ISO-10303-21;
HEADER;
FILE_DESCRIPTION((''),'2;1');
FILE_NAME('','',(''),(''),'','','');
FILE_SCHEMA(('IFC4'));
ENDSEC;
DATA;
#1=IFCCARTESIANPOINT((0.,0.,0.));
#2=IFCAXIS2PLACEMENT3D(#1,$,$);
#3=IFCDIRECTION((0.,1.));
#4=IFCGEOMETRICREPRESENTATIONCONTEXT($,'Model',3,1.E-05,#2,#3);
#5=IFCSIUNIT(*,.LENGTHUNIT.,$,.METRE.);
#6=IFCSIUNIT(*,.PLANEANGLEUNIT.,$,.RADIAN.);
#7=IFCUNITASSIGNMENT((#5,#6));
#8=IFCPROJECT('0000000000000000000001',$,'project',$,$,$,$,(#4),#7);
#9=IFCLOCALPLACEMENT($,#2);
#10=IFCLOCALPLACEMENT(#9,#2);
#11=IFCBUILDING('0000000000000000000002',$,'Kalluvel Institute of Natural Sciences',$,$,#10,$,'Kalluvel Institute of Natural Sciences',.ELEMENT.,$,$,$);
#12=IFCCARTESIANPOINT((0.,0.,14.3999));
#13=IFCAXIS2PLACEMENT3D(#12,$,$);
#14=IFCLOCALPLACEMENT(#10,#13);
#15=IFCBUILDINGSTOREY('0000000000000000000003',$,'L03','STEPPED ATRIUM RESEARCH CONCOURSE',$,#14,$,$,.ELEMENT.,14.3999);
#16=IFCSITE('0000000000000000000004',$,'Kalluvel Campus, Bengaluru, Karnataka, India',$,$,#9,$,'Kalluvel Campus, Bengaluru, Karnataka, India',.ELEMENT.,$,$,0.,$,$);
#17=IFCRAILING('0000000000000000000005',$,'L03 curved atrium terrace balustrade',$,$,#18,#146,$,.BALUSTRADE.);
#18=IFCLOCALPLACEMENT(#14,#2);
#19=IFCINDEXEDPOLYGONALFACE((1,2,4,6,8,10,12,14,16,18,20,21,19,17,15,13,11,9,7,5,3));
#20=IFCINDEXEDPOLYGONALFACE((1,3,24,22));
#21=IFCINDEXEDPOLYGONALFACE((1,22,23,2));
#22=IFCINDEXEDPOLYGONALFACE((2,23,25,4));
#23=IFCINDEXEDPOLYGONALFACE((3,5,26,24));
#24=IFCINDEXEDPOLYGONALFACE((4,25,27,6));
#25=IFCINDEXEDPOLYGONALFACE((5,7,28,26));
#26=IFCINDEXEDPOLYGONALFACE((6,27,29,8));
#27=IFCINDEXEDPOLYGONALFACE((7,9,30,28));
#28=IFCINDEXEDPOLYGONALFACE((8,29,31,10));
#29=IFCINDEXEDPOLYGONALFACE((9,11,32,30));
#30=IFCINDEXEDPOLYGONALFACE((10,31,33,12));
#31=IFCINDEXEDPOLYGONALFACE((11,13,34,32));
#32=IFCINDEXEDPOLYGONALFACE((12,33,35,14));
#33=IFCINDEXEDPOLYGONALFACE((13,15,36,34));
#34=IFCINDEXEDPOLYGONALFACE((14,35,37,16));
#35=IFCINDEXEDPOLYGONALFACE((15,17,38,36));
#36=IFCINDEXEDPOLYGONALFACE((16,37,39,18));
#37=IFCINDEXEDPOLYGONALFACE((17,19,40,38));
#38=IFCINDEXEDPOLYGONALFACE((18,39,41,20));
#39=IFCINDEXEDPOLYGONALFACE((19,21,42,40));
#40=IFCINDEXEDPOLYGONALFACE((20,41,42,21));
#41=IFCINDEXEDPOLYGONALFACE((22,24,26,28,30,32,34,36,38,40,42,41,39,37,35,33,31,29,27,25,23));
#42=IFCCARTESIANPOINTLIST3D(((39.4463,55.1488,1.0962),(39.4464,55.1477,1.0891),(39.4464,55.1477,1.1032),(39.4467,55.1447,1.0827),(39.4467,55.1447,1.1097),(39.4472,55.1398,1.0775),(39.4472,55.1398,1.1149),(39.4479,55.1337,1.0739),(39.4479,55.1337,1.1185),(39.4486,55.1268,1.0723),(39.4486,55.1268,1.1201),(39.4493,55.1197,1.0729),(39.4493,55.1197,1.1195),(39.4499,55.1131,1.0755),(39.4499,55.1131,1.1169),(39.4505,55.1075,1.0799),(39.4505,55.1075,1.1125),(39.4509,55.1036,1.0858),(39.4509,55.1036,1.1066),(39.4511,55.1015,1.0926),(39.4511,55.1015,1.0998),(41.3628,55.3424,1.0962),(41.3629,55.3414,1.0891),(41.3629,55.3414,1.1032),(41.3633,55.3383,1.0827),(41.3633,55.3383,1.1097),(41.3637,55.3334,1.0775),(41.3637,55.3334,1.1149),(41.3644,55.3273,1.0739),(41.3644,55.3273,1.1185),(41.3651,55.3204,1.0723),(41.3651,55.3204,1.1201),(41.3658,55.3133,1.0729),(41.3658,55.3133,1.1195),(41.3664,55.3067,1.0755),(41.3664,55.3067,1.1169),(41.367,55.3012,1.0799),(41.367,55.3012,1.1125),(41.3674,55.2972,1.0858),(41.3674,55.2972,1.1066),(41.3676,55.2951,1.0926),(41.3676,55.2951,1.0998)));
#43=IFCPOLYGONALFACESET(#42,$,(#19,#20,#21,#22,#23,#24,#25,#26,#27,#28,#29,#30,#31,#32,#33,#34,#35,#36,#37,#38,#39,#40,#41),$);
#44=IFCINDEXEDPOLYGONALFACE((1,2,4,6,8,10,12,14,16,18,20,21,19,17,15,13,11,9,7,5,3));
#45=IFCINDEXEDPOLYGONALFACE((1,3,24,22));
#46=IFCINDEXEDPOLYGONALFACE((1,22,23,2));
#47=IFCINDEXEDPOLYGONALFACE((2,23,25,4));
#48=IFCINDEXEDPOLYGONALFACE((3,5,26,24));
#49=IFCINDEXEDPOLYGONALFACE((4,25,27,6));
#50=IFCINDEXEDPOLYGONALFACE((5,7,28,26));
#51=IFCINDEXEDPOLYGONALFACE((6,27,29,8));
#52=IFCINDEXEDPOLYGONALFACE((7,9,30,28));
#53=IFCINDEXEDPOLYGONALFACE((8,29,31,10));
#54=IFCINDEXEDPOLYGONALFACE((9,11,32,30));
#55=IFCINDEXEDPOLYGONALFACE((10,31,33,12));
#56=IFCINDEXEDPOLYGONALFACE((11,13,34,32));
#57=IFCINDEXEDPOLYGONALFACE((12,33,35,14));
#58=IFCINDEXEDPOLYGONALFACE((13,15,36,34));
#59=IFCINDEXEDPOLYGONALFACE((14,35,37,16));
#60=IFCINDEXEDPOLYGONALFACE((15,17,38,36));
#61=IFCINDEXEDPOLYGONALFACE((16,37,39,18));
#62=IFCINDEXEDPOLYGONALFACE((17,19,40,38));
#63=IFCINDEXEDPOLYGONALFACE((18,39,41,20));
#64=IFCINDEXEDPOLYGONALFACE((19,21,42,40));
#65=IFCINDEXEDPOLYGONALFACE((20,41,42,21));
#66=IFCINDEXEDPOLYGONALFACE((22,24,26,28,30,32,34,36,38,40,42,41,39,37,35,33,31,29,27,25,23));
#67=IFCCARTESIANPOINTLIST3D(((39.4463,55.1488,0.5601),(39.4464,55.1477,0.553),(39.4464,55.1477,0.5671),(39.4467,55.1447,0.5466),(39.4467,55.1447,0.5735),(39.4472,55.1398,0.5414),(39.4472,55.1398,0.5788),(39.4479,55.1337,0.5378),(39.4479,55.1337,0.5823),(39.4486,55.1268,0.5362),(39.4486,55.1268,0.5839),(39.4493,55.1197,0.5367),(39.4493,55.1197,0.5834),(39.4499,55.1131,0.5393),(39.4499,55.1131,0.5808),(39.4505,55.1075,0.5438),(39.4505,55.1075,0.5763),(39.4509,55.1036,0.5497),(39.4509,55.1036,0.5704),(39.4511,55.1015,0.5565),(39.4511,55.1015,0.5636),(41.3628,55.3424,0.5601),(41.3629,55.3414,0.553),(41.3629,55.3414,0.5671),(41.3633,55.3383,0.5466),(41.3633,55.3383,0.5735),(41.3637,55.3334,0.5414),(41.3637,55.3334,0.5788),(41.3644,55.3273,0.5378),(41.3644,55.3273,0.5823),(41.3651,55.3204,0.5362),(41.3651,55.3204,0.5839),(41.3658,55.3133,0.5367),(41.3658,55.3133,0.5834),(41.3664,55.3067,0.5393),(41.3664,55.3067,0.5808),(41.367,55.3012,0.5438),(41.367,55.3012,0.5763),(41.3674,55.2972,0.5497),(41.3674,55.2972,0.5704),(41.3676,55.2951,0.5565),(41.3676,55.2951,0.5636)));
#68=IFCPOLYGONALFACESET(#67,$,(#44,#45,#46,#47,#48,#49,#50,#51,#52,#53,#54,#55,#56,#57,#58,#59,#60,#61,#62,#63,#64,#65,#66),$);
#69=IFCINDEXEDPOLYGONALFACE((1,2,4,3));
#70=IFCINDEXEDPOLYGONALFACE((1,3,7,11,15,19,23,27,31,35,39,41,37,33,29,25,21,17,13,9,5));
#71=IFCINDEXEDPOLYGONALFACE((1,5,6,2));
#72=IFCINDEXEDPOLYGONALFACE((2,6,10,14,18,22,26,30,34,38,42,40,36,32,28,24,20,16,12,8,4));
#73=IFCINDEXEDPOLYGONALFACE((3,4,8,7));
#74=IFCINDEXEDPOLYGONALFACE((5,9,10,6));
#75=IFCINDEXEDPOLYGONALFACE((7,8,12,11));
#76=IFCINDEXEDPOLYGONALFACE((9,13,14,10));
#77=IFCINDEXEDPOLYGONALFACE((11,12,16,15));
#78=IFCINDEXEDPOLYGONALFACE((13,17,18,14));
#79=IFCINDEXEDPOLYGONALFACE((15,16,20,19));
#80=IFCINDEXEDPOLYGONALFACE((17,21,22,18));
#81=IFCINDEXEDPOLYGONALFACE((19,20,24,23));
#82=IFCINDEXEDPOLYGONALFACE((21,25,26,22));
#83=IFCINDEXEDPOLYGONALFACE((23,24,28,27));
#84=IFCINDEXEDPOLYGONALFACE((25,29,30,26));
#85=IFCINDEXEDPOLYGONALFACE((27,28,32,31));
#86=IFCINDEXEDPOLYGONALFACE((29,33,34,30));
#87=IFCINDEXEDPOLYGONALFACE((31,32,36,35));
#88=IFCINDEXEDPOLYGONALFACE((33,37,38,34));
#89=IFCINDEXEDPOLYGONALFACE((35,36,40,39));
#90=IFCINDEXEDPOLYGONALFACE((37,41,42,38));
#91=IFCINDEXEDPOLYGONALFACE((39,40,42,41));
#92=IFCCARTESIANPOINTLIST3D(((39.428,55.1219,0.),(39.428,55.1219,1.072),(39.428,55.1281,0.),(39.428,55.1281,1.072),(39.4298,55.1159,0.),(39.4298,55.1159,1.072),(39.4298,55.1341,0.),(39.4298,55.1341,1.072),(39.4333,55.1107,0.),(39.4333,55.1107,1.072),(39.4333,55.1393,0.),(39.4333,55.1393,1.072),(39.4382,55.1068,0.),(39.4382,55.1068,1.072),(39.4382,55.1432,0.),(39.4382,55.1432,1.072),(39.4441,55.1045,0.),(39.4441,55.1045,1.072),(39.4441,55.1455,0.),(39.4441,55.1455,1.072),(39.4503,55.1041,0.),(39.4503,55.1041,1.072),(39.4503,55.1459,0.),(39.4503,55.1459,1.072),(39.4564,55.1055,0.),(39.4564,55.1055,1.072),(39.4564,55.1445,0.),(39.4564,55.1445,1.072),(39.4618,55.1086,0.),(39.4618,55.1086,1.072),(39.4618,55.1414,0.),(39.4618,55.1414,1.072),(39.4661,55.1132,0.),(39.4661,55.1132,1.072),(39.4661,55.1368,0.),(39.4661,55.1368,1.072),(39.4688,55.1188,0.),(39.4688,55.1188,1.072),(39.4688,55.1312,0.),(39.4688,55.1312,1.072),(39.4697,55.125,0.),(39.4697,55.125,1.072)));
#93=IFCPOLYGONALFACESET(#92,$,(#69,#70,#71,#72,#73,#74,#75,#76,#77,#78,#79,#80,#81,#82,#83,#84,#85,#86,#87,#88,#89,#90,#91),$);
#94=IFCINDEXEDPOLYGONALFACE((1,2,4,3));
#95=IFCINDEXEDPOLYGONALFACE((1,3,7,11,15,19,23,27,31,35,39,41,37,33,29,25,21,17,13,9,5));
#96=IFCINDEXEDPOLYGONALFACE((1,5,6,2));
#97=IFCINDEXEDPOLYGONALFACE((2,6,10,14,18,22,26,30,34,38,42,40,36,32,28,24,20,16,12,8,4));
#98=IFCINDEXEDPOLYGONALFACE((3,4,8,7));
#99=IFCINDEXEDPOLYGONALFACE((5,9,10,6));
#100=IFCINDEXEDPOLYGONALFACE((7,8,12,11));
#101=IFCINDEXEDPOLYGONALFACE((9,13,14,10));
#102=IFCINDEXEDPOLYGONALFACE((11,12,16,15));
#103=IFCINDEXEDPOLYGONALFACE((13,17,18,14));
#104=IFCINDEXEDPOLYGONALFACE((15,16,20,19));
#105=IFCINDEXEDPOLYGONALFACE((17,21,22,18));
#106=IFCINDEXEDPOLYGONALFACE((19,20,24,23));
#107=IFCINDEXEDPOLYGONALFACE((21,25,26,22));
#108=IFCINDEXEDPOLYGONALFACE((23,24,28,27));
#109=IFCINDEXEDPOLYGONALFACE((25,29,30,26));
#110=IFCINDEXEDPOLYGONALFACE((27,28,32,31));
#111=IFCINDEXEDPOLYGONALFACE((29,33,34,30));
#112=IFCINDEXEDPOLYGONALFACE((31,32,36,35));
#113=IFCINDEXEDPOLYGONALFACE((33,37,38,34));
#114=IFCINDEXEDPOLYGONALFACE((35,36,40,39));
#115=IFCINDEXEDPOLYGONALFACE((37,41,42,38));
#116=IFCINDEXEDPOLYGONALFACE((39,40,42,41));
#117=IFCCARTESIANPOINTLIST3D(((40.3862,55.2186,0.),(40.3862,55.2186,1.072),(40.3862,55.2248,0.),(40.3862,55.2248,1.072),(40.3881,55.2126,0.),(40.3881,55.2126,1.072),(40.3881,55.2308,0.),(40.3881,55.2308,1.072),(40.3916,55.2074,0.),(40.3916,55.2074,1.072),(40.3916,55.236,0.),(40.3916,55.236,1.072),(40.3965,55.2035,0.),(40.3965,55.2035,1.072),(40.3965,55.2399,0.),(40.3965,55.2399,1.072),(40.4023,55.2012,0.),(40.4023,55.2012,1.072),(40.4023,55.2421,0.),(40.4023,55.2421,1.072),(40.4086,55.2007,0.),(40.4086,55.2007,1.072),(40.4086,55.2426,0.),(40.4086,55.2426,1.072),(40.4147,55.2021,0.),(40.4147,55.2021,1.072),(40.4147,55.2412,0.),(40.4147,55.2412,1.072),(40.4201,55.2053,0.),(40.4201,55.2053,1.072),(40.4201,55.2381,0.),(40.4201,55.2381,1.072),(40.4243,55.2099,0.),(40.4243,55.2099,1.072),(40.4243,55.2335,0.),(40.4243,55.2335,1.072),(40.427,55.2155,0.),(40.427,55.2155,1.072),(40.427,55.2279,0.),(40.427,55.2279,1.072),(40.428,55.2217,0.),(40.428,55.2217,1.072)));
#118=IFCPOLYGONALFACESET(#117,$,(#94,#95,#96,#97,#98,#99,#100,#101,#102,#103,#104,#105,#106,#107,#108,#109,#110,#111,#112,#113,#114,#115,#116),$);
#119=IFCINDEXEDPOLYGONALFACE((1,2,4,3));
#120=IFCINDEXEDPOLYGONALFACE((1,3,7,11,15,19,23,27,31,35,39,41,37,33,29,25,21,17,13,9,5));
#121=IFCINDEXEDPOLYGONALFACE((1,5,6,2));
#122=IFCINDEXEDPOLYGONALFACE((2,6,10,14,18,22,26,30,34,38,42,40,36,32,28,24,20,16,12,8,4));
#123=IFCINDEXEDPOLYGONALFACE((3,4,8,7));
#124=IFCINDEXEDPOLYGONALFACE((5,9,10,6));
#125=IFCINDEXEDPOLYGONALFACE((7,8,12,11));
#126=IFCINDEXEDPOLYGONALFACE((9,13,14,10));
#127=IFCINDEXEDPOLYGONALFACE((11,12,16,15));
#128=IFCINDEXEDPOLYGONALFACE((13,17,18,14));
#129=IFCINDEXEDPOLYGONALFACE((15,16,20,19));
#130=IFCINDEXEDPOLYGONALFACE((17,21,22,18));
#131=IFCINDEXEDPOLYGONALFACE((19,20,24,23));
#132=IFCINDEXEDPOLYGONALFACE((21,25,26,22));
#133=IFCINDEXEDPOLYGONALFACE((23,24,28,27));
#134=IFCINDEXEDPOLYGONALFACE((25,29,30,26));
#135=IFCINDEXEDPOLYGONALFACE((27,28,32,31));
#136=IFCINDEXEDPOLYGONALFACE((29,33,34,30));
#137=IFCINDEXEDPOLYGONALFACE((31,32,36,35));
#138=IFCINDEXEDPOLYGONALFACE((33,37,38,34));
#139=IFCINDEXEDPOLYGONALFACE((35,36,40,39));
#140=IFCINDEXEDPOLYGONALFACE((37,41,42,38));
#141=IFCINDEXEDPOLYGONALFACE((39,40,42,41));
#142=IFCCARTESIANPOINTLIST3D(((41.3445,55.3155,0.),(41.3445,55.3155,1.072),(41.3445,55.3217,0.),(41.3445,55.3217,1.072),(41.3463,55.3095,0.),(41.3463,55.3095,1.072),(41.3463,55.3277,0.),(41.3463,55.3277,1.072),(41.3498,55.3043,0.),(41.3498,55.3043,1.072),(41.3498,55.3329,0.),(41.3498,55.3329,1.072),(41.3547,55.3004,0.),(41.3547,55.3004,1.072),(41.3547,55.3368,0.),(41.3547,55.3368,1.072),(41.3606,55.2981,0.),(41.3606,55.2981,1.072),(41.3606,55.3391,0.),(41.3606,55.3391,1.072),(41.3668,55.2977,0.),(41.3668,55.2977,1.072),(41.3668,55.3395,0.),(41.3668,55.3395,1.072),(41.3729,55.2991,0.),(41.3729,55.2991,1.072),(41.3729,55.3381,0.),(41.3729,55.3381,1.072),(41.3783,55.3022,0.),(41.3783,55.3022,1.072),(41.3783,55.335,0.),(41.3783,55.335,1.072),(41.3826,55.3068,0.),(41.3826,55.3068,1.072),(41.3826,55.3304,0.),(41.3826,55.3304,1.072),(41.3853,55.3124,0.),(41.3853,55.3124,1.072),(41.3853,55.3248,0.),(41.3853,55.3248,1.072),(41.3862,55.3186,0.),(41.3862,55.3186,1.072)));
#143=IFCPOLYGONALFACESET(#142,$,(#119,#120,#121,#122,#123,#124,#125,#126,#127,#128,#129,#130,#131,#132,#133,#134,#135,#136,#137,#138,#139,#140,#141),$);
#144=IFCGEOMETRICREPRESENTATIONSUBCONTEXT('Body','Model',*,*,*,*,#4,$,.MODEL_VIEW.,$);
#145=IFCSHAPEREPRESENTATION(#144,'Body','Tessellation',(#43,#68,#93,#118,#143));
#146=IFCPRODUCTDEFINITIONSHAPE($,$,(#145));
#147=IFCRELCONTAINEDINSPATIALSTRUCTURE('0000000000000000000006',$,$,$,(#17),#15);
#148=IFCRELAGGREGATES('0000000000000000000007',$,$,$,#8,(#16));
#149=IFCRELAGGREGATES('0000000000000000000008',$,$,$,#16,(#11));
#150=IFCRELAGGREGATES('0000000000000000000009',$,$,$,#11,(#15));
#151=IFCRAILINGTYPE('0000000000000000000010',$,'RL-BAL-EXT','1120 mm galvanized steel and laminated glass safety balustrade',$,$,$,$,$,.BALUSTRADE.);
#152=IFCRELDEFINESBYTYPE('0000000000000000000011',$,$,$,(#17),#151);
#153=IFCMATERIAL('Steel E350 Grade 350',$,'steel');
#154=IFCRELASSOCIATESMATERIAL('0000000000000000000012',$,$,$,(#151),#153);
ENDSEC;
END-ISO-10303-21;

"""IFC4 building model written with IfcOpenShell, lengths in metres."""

from ifc_helpers import new_model, si_unit, direction, frame, origin, origin_2d, place, context, subcontext, project, spatial, circle, extrude, material, type_object, element, save


model = new_model("IFC4")

# Units and contexts
model_context = context("Model", 3, precision=1e-05, world=origin(), true_north=direction((0.0, 1.0)))
body_context = subcontext(model_context, "Body", "Model", "MODEL_VIEW")
ifc_project = project(units=[si_unit("LENGTHUNIT", "METRE"), si_unit("PLANEANGLEUNIT", "RADIAN")], contexts=[model_context])

# Site, building, storey
site_placement = place(None, origin())
site = spatial("IfcSite", under=ifc_project, at=site_placement, Name="Kalluvel Campus, Bengaluru, Karnataka, India", LongName="Kalluvel Campus, Bengaluru, Karnataka, India", CompositionType="ELEMENT", RefElevation=0.0)
building_placement = place(site_placement, origin())
building = spatial("IfcBuilding", under=site, at=building_placement, Name="Kalluvel Institute of Natural Sciences", LongName="Kalluvel Institute of Natural Sciences", CompositionType="ELEMENT")
storey_placement = place(building_placement, frame((0.0, 0.0, 14.3999)))
storey = spatial("IfcBuildingStorey", under=building, at=storey_placement, Name="L03", Description="STEPPED ATRIUM RESEARCH CONCOURSE", CompositionType="ELEMENT", Elevation=14.3999)

# Shared definitions
ifc_material_1 = material(Name="Steel E350 Grade 350", Category="steel")

# Railing
railing_type = type_object("IfcRailingType", Name="RL-BAL-EXT", Description="1120 mm galvanized steel and laminated glass safety balustrade", PredefinedType="BALUSTRADE", material=ifc_material_1)
railing_1_placement = place(storey_placement, frame((39.4487, 55.125, 0.0)))
element("IfcRailing", 1, at=railing_1_placement, inside=storey, type_object=railing_type, Name="L03 curved atrium terrace balustrade", PredefinedType="BALUSTRADE", context=body_context, shape_type="SweptSolid", body=[
    extrude(circle(Radius=0.0239, at=origin_2d()), frame((0.0, 0.0, 1.0962), z_axis=(0.994936, 0.100508, 0.0), x_axis=(-0.100508, 0.994936, 0.0)), (0.0, 0.0, 1.0), 1.9263),
    extrude(circle(Radius=0.0239, at=origin_2d()), frame((0.0, 0.0, 0.5601), z_axis=(0.994936, 0.100508, 0.0), x_axis=(-0.100508, 0.994936, 0.0)), (0.0, 0.0, 1.0), 1.9263),
    extrude(circle(Radius=0.021, at=origin_2d()), origin(), (0.0, 0.0, 1.0), 1.072),
    extrude(circle(Radius=0.021, at=origin_2d()), frame((0.9583, 0.0967, 0.0)), (0.0, 0.0, 1.0), 1.072),
    extrude(circle(Radius=0.021, at=origin_2d()), frame((1.9165, 0.1936, 0.0)), (0.0, 0.0, 1.0), 1.072),
])

save(model, "model.ifc")
